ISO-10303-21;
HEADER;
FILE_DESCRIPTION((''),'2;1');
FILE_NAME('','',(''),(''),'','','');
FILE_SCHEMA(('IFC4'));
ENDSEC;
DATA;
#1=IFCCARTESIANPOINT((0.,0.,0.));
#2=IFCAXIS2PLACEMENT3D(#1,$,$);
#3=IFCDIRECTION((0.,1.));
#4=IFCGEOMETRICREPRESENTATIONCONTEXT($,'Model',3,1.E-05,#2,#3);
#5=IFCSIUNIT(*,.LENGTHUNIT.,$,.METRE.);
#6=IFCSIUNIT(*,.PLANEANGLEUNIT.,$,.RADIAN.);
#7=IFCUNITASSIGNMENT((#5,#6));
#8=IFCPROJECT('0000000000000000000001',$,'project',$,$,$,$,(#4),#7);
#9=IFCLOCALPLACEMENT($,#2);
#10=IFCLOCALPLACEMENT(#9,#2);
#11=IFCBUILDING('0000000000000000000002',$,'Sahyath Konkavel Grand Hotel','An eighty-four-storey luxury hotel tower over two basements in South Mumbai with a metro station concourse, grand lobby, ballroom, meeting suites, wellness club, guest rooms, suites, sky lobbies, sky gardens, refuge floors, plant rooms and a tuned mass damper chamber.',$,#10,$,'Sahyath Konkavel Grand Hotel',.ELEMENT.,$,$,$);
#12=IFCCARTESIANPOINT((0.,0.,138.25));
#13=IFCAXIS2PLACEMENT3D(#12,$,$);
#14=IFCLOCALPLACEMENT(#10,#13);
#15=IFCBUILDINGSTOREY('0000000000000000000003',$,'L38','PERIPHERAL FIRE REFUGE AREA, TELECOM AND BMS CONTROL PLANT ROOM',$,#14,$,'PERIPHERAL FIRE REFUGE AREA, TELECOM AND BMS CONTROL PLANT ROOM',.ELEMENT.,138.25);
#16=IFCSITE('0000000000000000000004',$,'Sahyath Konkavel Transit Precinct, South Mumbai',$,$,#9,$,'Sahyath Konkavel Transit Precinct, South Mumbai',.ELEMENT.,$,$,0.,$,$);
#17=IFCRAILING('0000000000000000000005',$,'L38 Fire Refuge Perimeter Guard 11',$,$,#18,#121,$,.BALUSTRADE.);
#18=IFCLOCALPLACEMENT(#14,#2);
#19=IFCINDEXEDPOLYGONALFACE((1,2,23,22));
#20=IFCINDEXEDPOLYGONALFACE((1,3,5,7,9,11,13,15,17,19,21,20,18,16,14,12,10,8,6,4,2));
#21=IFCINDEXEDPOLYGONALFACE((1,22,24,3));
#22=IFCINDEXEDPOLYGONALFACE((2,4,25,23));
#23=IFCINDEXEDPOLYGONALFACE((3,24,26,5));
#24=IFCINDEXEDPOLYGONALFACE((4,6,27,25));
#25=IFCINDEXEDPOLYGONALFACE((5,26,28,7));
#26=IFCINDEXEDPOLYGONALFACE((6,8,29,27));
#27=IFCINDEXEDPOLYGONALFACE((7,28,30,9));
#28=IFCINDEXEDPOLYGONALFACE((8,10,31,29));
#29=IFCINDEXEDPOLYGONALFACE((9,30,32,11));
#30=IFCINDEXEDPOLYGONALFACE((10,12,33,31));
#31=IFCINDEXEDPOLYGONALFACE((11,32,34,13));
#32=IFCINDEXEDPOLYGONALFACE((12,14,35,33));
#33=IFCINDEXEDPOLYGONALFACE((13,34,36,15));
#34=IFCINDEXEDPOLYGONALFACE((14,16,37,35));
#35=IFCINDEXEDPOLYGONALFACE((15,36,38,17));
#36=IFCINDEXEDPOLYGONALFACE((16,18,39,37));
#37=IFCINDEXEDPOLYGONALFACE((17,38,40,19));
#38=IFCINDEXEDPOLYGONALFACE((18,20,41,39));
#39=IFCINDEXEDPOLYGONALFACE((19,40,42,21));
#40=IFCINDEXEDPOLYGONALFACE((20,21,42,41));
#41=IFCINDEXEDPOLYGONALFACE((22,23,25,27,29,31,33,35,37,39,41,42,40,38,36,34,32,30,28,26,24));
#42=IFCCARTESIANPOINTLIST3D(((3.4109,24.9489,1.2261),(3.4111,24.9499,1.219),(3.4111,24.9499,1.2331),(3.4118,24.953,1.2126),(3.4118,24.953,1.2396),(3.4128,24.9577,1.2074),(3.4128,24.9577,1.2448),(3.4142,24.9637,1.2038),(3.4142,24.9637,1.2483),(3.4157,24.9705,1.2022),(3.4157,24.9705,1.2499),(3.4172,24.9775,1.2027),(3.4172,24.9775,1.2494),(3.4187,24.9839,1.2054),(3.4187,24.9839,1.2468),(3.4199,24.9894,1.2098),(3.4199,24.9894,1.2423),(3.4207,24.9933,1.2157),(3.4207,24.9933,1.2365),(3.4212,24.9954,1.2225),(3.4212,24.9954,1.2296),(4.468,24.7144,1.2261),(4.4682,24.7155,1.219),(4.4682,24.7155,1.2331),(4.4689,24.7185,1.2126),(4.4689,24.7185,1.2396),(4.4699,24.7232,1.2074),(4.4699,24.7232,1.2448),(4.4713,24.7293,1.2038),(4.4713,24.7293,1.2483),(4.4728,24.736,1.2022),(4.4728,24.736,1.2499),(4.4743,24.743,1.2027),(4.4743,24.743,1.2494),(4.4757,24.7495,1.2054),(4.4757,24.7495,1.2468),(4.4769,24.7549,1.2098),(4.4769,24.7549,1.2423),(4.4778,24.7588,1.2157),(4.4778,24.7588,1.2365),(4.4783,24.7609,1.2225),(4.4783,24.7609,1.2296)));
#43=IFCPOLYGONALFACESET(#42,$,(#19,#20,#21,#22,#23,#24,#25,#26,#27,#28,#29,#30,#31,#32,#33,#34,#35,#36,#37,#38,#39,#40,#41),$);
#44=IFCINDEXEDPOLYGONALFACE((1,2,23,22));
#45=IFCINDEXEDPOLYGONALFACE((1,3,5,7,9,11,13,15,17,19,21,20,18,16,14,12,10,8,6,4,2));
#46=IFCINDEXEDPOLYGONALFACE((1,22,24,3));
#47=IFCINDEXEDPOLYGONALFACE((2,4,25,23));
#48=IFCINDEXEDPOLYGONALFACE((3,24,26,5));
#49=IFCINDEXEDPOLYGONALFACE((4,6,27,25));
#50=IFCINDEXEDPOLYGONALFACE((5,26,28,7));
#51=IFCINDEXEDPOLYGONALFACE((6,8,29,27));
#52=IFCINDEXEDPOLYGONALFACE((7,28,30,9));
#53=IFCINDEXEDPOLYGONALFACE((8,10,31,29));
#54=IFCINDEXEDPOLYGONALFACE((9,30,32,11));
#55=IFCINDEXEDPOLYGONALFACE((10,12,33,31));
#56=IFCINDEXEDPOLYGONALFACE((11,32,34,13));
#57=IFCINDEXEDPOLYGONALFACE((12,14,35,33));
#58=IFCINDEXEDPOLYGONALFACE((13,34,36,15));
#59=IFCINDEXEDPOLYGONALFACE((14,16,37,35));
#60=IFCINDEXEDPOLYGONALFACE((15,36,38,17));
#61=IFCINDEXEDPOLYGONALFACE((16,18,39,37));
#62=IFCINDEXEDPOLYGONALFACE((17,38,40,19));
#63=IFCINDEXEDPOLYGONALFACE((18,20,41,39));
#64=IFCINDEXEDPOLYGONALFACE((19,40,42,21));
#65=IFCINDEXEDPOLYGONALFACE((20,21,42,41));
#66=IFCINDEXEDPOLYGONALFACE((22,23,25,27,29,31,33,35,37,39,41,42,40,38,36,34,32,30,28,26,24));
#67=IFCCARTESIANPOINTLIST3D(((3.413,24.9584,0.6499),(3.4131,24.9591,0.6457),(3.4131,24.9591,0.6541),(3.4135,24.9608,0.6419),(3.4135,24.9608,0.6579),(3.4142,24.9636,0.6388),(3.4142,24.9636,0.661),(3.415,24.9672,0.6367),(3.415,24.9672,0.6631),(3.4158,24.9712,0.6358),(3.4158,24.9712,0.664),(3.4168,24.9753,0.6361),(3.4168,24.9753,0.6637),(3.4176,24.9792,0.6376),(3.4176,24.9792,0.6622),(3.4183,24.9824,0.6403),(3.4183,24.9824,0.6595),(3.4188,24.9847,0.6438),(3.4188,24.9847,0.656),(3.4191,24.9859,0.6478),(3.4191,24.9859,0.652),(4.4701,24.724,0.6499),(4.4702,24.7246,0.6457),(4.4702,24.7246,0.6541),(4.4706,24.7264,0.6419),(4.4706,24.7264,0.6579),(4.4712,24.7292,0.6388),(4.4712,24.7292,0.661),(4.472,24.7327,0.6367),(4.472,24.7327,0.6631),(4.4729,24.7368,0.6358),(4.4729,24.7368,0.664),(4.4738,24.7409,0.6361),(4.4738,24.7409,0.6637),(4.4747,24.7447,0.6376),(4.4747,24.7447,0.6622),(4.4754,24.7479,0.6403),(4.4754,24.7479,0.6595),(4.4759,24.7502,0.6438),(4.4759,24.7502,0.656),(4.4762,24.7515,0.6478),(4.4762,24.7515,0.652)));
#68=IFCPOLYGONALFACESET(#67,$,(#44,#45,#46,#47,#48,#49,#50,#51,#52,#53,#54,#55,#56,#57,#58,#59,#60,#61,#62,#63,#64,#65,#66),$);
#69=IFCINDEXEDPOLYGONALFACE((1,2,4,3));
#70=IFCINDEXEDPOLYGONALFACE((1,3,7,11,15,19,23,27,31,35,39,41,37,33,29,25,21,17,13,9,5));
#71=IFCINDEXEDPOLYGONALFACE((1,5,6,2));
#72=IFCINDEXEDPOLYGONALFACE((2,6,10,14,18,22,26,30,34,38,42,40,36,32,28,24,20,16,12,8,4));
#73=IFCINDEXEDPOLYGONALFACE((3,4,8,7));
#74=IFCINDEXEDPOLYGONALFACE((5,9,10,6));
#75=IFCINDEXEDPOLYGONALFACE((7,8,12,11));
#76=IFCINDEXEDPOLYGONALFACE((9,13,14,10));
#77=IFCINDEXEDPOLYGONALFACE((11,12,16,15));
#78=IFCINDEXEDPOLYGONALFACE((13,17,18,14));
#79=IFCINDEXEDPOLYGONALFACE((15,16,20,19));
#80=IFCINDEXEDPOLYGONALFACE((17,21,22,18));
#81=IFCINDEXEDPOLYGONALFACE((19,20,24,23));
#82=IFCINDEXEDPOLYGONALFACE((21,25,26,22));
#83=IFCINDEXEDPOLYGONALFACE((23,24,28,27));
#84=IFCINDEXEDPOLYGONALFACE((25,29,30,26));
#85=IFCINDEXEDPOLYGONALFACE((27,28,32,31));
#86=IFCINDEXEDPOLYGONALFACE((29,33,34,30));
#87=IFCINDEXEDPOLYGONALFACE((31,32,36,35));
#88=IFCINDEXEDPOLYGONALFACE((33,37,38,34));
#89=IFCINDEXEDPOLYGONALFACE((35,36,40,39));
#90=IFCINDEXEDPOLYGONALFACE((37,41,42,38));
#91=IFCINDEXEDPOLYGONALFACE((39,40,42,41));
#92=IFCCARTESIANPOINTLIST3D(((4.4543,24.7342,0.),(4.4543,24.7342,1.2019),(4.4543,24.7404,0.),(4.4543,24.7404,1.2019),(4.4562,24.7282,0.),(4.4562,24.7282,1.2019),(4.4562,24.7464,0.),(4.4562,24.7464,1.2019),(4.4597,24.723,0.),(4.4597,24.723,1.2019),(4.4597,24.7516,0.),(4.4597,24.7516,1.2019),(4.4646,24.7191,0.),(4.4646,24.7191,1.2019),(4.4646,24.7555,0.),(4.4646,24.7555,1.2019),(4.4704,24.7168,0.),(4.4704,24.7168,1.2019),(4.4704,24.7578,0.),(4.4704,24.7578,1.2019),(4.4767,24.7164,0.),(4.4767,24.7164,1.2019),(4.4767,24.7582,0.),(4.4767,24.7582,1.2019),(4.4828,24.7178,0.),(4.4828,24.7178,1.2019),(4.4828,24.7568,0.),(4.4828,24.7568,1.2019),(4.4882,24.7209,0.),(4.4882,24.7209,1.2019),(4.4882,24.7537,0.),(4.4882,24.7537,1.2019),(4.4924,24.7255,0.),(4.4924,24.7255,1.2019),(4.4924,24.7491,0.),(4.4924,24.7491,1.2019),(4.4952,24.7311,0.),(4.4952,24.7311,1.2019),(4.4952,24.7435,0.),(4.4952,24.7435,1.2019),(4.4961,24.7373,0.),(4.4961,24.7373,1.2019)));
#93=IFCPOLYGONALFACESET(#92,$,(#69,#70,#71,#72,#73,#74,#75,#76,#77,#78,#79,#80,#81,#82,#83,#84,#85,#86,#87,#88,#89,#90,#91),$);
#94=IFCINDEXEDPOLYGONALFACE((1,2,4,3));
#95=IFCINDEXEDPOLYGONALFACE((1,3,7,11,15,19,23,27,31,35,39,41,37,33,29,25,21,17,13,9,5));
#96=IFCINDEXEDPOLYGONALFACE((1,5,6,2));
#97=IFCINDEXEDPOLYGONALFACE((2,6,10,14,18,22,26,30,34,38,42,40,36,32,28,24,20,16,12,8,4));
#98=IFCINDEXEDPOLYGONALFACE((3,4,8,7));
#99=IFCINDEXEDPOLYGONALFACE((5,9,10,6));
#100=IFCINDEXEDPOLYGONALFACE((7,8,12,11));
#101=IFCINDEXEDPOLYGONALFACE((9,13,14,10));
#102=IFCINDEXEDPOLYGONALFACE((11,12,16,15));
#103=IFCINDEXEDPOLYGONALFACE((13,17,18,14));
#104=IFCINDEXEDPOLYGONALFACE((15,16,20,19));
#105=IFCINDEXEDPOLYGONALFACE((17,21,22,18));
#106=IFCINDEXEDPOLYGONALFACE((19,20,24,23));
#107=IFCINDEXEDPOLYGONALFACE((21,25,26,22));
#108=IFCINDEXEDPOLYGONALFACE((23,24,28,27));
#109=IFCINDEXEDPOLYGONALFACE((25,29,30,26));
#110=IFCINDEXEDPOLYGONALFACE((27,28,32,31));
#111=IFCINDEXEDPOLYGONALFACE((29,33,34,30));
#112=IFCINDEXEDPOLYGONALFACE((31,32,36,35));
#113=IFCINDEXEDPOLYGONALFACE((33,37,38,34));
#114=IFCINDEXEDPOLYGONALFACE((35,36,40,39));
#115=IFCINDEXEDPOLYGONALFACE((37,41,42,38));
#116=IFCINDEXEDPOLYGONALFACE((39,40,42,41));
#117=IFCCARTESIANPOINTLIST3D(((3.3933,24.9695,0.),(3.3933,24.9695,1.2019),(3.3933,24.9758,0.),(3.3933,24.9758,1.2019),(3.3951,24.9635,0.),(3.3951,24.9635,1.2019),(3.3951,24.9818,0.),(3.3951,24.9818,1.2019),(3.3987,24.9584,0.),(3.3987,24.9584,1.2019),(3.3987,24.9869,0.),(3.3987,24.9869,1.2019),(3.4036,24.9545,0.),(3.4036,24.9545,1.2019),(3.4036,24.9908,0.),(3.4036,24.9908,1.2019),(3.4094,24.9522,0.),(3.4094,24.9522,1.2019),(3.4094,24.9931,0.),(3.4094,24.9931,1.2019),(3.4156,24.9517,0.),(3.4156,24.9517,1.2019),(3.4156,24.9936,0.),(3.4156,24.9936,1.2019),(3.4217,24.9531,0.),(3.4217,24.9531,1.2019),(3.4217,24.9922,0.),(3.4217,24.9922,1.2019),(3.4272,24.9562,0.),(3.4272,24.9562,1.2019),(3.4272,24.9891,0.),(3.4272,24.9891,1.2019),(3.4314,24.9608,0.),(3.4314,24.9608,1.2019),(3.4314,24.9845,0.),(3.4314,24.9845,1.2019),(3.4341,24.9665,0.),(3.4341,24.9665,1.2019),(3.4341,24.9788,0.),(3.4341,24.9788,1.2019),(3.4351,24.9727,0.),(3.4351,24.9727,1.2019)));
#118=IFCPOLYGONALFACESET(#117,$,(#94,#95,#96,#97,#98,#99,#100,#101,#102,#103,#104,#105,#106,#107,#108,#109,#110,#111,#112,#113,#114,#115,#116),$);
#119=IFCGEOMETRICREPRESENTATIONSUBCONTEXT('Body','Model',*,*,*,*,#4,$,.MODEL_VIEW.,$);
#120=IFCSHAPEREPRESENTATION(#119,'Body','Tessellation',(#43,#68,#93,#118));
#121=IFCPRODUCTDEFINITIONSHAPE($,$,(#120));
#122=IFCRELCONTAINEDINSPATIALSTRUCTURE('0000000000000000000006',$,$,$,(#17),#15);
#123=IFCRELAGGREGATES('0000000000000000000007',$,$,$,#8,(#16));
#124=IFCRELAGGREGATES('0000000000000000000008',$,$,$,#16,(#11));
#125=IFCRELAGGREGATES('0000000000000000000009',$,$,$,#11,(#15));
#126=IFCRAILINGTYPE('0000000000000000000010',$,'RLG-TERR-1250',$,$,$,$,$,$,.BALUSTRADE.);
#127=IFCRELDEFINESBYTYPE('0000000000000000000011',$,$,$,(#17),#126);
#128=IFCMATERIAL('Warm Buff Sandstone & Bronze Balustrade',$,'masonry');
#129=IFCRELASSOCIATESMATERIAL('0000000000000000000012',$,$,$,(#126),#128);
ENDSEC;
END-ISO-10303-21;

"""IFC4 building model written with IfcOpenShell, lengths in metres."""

from ifc_helpers import new_model, si_unit, direction, frame, origin, origin_2d, place, context, subcontext, project, spatial, circle, extrude, material, type_object, element, save


model = new_model("IFC4")

# Units and contexts
model_context = context("Model", 3, precision=1e-05, world=origin(), true_north=direction((0.0, 1.0)))
body_context = subcontext(model_context, "Body", "Model", "MODEL_VIEW")
ifc_project = project(units=[si_unit("LENGTHUNIT", "METRE"), si_unit("PLANEANGLEUNIT", "RADIAN")], contexts=[model_context])

# Site, building, storey
site_placement = place(None, origin())
site = spatial("IfcSite", under=ifc_project, at=site_placement, Name="Sahyath Konkavel Transit Precinct, South Mumbai", LongName="Sahyath Konkavel Transit Precinct, South Mumbai", CompositionType="ELEMENT", RefElevation=0.0)
building_placement = place(site_placement, origin())
building = spatial("IfcBuilding", under=site, at=building_placement, Name="Sahyath Konkavel Grand Hotel", Description="An eighty-four-storey luxury hotel tower over two basements in South Mumbai with a metro station concourse, grand lobby, ballroom, meeting suites, wellness club, guest rooms, suites, sky lobbies, sky gardens, refuge floors, plant rooms and a tuned mass damper chamber.", LongName="Sahyath Konkavel Grand Hotel", CompositionType="ELEMENT")
storey_placement = place(building_placement, frame((0.0, 0.0, 138.25)))
storey = spatial("IfcBuildingStorey", under=building, at=storey_placement, Name="L38", Description="PERIPHERAL FIRE REFUGE AREA, TELECOM AND BMS CONTROL PLANT ROOM", LongName="PERIPHERAL FIRE REFUGE AREA, TELECOM AND BMS CONTROL PLANT ROOM", CompositionType="ELEMENT", Elevation=138.25)

# Railing
ifc_material_1 = material(Name="Warm Buff Sandstone & Bronze Balustrade", Category="masonry")
railing_type = type_object("IfcRailingType", Name="RLG-TERR-1250", PredefinedType="BALUSTRADE", material=ifc_material_1)
railing_1_placement = place(storey_placement, frame((4.4751, 24.7373, 0.0)))
element("IfcRailing", 1, at=railing_1_placement, inside=storey, type_object=railing_type, Name="L38 Fire Refuge Perimeter Guard 11", PredefinedType="BALUSTRADE", context=body_context, shape_type="SweptSolid", body=[
    extrude(circle(Radius=0.0239, at=origin_2d()), frame((-0.002, 0.0005, 1.2261), z_axis=(-0.976272, 0.21655, 0.0), x_axis=(-0.21655, -0.976272, 0.0)), (0.0, 0.0, 1.0), 1.0828),
    extrude(circle(Radius=0.0142, at=origin_2d()), frame((-0.002, 0.0005, 0.6499), z_axis=(-0.976272, 0.21655, 0.0), x_axis=(-0.21655, -0.976272, 0.0)), (0.0, 0.0, 1.0), 1.0828),
    extrude(circle(Radius=0.021, at=origin_2d()), origin(), (0.0, 0.0, 1.0), 1.2019),
    extrude(circle(Radius=0.021, at=origin_2d()), frame((-1.061, 0.2354, 0.0)), (0.0, 0.0, 1.0), 1.2019),
])

save(model, "model.ifc")
